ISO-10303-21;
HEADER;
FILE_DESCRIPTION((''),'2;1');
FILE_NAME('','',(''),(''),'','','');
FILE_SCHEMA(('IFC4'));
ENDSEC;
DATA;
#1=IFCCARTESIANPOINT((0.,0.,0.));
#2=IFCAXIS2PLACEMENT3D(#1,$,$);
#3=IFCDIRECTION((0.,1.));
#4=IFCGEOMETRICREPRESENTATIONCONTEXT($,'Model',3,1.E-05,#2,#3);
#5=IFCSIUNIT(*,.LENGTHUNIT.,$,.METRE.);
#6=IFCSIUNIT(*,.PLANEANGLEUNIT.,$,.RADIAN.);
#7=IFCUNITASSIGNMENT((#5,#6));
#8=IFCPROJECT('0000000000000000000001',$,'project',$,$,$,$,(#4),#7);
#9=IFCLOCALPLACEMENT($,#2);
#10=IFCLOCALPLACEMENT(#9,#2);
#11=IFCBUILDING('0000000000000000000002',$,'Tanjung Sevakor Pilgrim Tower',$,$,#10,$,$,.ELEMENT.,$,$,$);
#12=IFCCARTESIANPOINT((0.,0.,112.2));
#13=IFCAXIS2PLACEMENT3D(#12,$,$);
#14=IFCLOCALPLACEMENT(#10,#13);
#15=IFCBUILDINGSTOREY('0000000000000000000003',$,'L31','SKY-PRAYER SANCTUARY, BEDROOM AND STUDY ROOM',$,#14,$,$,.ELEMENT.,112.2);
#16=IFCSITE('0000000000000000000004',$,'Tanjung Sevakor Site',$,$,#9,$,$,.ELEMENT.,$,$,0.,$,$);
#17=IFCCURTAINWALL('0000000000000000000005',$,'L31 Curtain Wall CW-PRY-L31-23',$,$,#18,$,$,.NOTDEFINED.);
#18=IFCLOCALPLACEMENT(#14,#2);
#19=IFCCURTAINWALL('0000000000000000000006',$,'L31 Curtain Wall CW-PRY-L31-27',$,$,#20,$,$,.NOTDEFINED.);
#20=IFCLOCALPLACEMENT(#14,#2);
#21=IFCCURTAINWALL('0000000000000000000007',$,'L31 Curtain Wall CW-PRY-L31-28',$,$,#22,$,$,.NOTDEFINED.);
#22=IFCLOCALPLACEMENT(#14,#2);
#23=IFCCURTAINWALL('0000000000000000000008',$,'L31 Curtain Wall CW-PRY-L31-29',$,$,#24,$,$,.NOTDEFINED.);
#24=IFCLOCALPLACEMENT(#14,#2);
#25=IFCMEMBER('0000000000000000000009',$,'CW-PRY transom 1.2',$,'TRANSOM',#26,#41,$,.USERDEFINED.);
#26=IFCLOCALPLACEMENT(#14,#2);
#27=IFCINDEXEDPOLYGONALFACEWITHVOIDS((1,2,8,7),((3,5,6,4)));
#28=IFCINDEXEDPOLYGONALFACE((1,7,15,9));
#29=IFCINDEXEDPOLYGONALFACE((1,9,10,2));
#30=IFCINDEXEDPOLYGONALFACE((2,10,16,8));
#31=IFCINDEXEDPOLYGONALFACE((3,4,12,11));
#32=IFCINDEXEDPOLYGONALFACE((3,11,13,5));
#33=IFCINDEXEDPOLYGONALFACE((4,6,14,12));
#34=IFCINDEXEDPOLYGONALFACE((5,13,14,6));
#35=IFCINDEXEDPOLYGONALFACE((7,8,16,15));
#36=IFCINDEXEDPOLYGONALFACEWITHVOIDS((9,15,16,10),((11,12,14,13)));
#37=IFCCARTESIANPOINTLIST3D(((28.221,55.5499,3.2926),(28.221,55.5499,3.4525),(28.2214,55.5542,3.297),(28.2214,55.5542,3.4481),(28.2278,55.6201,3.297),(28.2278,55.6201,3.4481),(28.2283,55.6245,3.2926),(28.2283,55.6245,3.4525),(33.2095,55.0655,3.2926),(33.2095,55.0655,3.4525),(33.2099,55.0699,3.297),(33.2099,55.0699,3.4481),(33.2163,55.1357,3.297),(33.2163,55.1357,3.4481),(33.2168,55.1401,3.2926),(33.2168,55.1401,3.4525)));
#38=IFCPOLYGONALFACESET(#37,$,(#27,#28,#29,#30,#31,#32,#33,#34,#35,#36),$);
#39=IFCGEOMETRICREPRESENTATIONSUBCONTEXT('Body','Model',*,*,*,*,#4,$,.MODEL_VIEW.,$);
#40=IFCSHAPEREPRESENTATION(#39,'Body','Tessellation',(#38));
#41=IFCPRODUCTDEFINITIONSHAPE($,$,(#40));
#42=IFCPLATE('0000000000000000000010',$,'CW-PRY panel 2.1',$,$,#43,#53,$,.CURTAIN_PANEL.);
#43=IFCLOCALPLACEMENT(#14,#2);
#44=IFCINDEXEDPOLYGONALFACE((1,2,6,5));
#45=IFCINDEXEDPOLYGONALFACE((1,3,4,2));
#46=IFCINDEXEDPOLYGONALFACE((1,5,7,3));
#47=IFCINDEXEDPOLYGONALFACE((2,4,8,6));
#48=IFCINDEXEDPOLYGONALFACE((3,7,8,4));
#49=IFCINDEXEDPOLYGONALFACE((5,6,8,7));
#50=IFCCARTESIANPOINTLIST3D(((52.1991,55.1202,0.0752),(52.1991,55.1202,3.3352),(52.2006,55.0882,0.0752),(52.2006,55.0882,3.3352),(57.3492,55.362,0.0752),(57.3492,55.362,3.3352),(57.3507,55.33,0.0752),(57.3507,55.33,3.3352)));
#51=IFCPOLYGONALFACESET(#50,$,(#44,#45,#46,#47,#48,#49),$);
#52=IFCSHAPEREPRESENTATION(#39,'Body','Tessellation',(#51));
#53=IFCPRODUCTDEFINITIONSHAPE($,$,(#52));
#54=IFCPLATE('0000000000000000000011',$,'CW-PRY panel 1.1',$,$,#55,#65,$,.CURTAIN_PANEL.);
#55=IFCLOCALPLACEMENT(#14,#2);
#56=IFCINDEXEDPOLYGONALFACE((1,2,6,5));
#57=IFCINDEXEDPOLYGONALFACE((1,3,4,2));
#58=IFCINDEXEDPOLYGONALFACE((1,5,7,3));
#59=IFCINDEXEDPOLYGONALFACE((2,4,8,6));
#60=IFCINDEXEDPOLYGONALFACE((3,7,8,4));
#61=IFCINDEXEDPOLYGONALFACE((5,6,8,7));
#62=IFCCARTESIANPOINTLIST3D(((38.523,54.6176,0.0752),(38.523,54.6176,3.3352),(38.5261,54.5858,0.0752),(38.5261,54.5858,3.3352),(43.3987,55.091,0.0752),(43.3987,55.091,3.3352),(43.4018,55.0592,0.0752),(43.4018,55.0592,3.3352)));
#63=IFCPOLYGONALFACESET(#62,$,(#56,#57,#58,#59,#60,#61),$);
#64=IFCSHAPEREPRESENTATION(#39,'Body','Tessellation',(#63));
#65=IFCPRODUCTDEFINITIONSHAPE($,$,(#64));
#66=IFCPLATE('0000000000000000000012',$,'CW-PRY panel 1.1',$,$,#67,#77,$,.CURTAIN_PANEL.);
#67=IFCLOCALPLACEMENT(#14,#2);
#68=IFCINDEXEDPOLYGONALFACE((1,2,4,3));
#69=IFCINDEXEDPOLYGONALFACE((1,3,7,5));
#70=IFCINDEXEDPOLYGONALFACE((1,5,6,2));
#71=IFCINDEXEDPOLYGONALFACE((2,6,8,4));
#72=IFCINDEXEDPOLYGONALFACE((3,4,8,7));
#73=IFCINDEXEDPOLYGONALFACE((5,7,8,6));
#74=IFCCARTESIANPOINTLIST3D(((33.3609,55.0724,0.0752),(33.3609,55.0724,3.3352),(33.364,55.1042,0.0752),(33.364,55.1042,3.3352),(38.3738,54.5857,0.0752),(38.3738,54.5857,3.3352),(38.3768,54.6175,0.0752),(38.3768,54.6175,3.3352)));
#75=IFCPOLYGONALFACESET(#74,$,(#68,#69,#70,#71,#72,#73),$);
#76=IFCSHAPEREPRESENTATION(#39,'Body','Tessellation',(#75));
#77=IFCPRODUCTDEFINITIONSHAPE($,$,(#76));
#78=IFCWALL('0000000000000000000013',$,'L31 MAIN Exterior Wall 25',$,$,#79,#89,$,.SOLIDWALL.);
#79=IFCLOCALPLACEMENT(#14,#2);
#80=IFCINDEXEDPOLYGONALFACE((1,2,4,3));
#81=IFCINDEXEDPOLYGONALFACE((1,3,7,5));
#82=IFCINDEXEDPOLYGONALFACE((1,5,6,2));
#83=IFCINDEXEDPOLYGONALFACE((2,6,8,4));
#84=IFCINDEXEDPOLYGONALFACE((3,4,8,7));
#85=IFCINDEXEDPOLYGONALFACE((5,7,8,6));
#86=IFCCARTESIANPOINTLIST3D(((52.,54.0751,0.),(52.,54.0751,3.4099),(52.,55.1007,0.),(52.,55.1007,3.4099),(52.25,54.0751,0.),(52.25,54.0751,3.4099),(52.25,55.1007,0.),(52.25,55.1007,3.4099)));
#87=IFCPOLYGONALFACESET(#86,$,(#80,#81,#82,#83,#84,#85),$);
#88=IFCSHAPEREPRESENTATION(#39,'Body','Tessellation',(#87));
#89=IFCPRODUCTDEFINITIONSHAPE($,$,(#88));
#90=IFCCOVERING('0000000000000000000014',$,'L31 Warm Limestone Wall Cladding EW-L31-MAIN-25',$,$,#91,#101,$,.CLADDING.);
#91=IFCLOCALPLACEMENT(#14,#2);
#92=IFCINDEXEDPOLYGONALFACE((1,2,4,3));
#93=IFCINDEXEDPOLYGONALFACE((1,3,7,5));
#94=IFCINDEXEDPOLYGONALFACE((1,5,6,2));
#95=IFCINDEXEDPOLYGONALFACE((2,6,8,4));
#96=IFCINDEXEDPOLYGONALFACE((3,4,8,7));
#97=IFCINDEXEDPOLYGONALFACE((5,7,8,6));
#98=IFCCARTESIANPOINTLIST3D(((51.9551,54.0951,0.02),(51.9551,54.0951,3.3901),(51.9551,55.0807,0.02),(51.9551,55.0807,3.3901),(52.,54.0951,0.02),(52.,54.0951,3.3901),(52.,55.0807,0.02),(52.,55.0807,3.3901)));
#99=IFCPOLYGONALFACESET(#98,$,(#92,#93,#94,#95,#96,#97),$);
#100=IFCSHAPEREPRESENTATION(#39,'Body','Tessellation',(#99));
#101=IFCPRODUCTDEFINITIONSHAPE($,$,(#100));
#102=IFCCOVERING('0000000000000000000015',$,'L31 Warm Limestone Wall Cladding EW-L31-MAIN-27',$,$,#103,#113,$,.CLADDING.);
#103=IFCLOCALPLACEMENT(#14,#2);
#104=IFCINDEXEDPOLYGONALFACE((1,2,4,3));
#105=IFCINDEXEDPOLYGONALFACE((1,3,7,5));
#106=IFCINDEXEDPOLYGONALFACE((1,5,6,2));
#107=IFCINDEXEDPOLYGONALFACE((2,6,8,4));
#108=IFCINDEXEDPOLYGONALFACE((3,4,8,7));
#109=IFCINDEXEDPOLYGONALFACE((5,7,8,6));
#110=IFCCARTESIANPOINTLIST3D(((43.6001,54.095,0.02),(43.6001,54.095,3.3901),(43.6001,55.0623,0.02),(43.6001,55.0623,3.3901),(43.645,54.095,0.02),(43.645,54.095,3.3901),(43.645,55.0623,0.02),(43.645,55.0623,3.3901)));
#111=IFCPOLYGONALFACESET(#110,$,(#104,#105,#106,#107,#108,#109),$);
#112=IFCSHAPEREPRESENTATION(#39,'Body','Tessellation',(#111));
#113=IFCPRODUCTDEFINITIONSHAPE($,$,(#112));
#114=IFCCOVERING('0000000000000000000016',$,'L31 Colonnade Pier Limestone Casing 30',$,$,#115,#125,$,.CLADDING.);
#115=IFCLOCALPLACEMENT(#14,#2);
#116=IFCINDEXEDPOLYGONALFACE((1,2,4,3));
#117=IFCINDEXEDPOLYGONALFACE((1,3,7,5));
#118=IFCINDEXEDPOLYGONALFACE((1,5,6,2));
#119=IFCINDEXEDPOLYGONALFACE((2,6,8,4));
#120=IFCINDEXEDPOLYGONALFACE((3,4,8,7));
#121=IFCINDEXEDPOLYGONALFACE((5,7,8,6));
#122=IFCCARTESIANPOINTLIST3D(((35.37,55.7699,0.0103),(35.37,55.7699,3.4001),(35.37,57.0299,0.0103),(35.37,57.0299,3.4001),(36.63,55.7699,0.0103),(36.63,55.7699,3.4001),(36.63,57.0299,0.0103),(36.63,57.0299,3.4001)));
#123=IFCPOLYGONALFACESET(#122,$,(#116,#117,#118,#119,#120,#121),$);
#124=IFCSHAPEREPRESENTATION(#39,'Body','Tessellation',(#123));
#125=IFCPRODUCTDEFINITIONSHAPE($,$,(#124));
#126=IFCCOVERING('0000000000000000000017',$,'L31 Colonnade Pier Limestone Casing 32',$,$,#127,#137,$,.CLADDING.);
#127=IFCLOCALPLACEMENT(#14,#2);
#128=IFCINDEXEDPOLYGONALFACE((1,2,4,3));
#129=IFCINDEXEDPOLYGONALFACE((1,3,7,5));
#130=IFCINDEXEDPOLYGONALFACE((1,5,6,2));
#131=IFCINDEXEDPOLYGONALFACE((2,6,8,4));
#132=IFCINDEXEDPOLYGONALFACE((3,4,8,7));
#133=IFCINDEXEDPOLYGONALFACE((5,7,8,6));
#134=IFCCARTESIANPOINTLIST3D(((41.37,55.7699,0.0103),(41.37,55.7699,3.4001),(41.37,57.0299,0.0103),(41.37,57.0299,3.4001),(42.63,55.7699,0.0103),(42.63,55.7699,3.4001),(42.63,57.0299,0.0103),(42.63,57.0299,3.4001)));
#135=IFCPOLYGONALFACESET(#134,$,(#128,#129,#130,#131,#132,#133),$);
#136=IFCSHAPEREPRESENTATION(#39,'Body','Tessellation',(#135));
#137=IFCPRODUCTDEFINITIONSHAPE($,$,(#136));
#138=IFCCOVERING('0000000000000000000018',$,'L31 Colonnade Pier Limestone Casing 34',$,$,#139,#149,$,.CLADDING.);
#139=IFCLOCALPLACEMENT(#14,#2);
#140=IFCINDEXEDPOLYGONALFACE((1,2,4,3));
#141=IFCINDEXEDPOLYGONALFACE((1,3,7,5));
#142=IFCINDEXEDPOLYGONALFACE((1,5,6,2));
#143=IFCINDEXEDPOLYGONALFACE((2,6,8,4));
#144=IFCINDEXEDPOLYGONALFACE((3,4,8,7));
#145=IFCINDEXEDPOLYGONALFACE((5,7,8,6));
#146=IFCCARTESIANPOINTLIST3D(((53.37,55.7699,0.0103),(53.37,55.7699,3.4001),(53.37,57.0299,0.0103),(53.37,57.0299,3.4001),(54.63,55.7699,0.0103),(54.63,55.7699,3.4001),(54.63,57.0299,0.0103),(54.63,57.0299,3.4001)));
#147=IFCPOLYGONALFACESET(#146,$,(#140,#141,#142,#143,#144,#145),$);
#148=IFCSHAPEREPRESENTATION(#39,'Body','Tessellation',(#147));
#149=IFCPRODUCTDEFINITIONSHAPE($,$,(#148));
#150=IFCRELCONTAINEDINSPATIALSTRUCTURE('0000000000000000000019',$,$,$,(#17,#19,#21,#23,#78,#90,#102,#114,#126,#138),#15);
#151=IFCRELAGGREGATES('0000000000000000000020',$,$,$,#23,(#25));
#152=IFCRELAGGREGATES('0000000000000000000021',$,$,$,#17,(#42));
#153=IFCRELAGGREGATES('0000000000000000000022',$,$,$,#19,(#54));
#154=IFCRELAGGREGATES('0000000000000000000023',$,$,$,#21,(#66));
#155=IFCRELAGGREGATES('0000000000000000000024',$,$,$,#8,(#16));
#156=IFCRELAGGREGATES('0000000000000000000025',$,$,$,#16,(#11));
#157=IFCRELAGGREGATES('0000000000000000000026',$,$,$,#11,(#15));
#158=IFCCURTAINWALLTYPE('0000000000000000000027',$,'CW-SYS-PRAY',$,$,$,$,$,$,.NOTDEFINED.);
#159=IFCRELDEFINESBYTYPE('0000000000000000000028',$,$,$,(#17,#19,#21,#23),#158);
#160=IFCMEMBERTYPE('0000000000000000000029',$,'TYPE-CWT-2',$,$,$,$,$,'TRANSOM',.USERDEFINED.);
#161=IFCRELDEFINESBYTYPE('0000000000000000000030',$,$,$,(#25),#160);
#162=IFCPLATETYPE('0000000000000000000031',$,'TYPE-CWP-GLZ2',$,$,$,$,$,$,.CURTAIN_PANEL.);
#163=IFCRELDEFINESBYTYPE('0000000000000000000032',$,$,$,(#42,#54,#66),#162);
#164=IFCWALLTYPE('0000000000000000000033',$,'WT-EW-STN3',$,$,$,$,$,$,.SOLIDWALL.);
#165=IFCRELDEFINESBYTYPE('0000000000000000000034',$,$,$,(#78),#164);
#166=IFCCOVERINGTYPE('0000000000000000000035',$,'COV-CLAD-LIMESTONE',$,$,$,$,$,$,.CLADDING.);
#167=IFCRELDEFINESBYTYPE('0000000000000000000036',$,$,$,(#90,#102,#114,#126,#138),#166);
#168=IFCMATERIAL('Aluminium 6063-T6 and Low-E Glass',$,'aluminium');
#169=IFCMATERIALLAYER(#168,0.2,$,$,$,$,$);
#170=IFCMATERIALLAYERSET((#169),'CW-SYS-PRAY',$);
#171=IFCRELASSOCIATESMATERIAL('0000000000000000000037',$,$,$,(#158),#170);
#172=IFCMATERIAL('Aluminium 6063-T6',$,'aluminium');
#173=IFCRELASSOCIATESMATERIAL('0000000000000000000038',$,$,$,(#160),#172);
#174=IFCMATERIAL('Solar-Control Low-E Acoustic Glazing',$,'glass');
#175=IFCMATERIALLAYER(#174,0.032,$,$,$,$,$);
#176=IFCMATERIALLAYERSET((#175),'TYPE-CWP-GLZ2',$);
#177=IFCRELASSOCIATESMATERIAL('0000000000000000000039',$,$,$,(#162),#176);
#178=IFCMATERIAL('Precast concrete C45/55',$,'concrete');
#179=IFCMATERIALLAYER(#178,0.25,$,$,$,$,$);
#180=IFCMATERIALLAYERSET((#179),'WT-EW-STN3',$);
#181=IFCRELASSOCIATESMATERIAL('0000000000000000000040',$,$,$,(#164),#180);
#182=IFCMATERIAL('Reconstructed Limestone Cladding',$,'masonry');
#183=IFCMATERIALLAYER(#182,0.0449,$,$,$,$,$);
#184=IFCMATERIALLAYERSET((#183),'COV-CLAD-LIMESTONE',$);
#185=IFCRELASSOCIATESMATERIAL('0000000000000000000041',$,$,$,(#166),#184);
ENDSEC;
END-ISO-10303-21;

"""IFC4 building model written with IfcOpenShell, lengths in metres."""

from ifc_helpers import new_model, si_unit, direction, frame, frame_2d, origin, origin_2d, place, context, subcontext, project, spatial, rectangle, hollow_rectangle, extrude, material, layer, layer_set, material_profile, profile_set, type_object, element, aggregate, save


model = new_model("IFC4")

# Units and contexts
model_context = context("Model", 3, precision=1e-05, world=origin(), true_north=direction((0.0, 1.0)))
body_context = subcontext(model_context, "Body", "Model", "MODEL_VIEW")
ifc_project = project(units=[si_unit("LENGTHUNIT", "METRE"), si_unit("PLANEANGLEUNIT", "RADIAN")], contexts=[model_context])

# Site, building, storey
site_placement = place(None, origin())
site = spatial("IfcSite", under=ifc_project, at=site_placement, Name="Tanjung Sevakor Site", CompositionType="ELEMENT", RefElevation=0.0)
building_placement = place(site_placement, origin())
building = spatial("IfcBuilding", under=site, at=building_placement, Name="Tanjung Sevakor Pilgrim Tower", CompositionType="ELEMENT")
storey_placement = place(building_placement, frame((0.0, 0.0, 112.2)))
storey = spatial("IfcBuildingStorey", under=building, at=storey_placement, Name="L31", Description="SKY-PRAYER SANCTUARY, BEDROOM AND STUDY ROOM", CompositionType="ELEMENT", Elevation=112.2)

# Curtain wall
ifc_material_1 = material(Name="Aluminium 6063-T6 and Low-E Glass", Category="aluminium")
ifc_layer_1 = layer(ifc_material_1, 0.2)
ifc_layer_set_1 = layer_set([ifc_layer_1], Name="CW-SYS-PRAY")
curtain_wall_type_1 = type_object("IfcCurtainWallType", Name="CW-SYS-PRAY", PredefinedType="NOTDEFINED", material=ifc_layer_set_1)
curtain_wall_1_placement = place(storey_placement, origin())
curtain_wall_1 = element("IfcCurtainWall", 1, at=curtain_wall_1_placement, inside=storey, type_object=curtain_wall_type_1, Name="L31 Curtain Wall CW-PRY-L31-23", PredefinedType="NOTDEFINED")

# Curtain walls
curtain_wall_2_placement = place(storey_placement, origin())
curtain_wall_2 = element("IfcCurtainWall", 2, at=curtain_wall_2_placement, inside=storey, type_object=curtain_wall_type_1, Name="L31 Curtain Wall CW-PRY-L31-27", PredefinedType="NOTDEFINED")
curtain_wall_3_placement = place(storey_placement, origin())
curtain_wall_3 = element("IfcCurtainWall", 3, at=curtain_wall_3_placement, inside=storey, type_object=curtain_wall_type_1, Name="L31 Curtain Wall CW-PRY-L31-28", PredefinedType="NOTDEFINED")

# Curtain wall
curtain_wall_4_placement = place(storey_placement, origin())
curtain_wall_4 = element("IfcCurtainWall", 4, at=curtain_wall_4_placement, inside=storey, type_object=curtain_wall_type_1, Name="L31 Curtain Wall CW-PRY-L31-29", PredefinedType="NOTDEFINED")

# Member
ifc_material_2 = material(Name="Aluminium 6063-T6", Category="aluminium")
ifc_material_profile_1 = material_profile(ifc_material_2, hollow_rectangle(XDim=0.075, YDim=0.1599, WallThickness=0.0044, at=origin_2d()))
ifc_profile_set_1 = profile_set([ifc_material_profile_1], Name="Aluminium 6063-T6")
member_type_1 = type_object("IfcMemberType", Name="TYPE-CWT-2", ElementType="TRANSOM", PredefinedType="USERDEFINED", material=ifc_profile_set_1)
member_1_placement = place(storey_placement, frame((33.2131, 55.1028, 3.3726), z_axis=(-0.995319, 0.096643, 0.0), x_axis=(-0.096643, -0.995319, 0.0)))
member_1 = element("IfcMember", 5, at=member_1_placement, type_object=member_type_1, Name="CW-PRY transom 1.2", ObjectType="TRANSOM", PredefinedType="USERDEFINED", context=body_context, shape_type="SweptSolid", body=[
    extrude(hollow_rectangle(XDim=0.075, YDim=0.1599, WallThickness=0.0044, at=origin_2d()), origin(), (0.0, 0.0, 1.0), 5.012),
])
aggregate(curtain_wall_4, [member_1])

# Plates
ifc_material_3 = material(Name="Solar-Control Low-E Acoustic Glazing", Category="glass")
ifc_layer_2 = layer(ifc_material_3, 0.032)
ifc_layer_set_2 = layer_set([ifc_layer_2], Name="TYPE-CWP-GLZ2")
plate_type = type_object("IfcPlateType", Name="TYPE-CWP-GLZ2", PredefinedType="CURTAIN_PANEL", material=ifc_layer_set_2)
plate_1_placement = place(storey_placement, frame((54.7749, 55.2251, 0.0752), z_axis=(0.0, 0.0, 1.0), x_axis=(-0.998899, -0.046903, 0.0)))
plate_1 = element("IfcPlate", 6, at=plate_1_placement, type_object=plate_type, Name="CW-PRY panel 2.1", PredefinedType="CURTAIN_PANEL", context=body_context, shape_type="SweptSolid", body=[
    extrude(rectangle(XDim=5.1558, YDim=0.032, at=origin_2d()), origin(), (0.0, 0.0, 1.0), 3.26),
])
aggregate(curtain_wall_1, [plate_1])
plate_2_placement = place(storey_placement, frame((40.9624, 54.8384, 0.0752), z_axis=(0.0, 0.0, 1.0), x_axis=(-0.995319, -0.09664, 0.0)))
plate_2 = element("IfcPlate", 7, at=plate_2_placement, type_object=plate_type, Name="CW-PRY panel 1.1", PredefinedType="CURTAIN_PANEL", context=body_context, shape_type="SweptSolid", body=[
    extrude(rectangle(XDim=4.8987, YDim=0.032, at=origin_2d()), origin(), (0.0, 0.0, 1.0), 3.26),
])
aggregate(curtain_wall_2, [plate_2])
plate_3_placement = place(storey_placement, frame((35.8689, 54.845, 0.0752), z_axis=(0.0, 0.0, 1.0), x_axis=(-0.99532, 0.096638, 0.0)))
plate_3 = element("IfcPlate", 8, at=plate_3_placement, type_object=plate_type, Name="CW-PRY panel 1.1", PredefinedType="CURTAIN_PANEL", context=body_context, shape_type="SweptSolid", body=[
    extrude(rectangle(XDim=5.0364, YDim=0.032, at=origin_2d()), origin(), (0.0, 0.0, 1.0), 3.26),
])
aggregate(curtain_wall_3, [plate_3])

# Wall
ifc_material_4 = material(Name="Precast concrete C45/55", Category="concrete")
ifc_layer_3 = layer(ifc_material_4, 0.25)
ifc_layer_set_3 = layer_set([ifc_layer_3], Name="WT-EW-STN3")
wall_type = type_object("IfcWallType", Name="WT-EW-STN3", PredefinedType="SOLIDWALL", material=ifc_layer_set_3)
wall_placement = place(storey_placement, frame((52.125, 55.1006, 0.0), z_axis=(0.0, 0.0, 1.0), x_axis=(0.0, -1.0, 0.0)))
element("IfcWall", 9, at=wall_placement, inside=storey, type_object=wall_type, Name="L31 MAIN Exterior Wall 25", PredefinedType="SOLIDWALL", context=body_context, shape_type="SweptSolid", body=[
    extrude(rectangle(XDim=1.0256, YDim=0.25, at=frame_2d((0.5127, 0.0))), origin(), (0.0, 0.0, 1.0), 3.4099),
])

# Coverings
ifc_material_5 = material(Name="Reconstructed Limestone Cladding", Category="masonry")
ifc_layer_4 = layer(ifc_material_5, 0.0449)
ifc_layer_set_4 = layer_set([ifc_layer_4], Name="COV-CLAD-LIMESTONE")
covering_type = type_object("IfcCoveringType", Name="COV-CLAD-LIMESTONE", PredefinedType="CLADDING", material=ifc_layer_set_4)
covering_1_placement = place(storey_placement, frame((51.9775, 54.5879, 0.02), z_axis=(0.0, 0.0, 1.0), x_axis=(0.0, -1.0, 0.0)))
element("IfcCovering", 10, at=covering_1_placement, inside=storey, type_object=covering_type, Name="L31 Warm Limestone Wall Cladding EW-L31-MAIN-25", PredefinedType="CLADDING", context=body_context, shape_type="SweptSolid", body=[
    extrude(rectangle(XDim=0.9856, YDim=0.0449, at=origin_2d()), origin(), (0.0, 0.0, 1.0), 3.3701),
])
covering_2_placement = place(storey_placement, frame((43.6226, 54.5786, 0.02), z_axis=(0.0, 0.0, 1.0), x_axis=(0.0, 1.0, 0.0)))
element("IfcCovering", 11, at=covering_2_placement, inside=storey, type_object=covering_type, Name="L31 Warm Limestone Wall Cladding EW-L31-MAIN-27", PredefinedType="CLADDING", context=body_context, shape_type="SweptSolid", body=[
    extrude(rectangle(XDim=0.9673, YDim=0.0449, at=origin_2d()), origin(), (0.0, 0.0, 1.0), 3.3701),
])
for number, where, z_axis, x_axis, name in (
    (12, (36.0, 56.3999, 0.0103), (0.0, 0.0, 1.0), (1.0, 0.0, 0.0), "L31 Colonnade Pier Limestone Casing 30"),
    (13, (42.0, 56.3999, 0.0103), (0.0, 0.0, 1.0), (1.0, 0.0, 0.0), "L31 Colonnade Pier Limestone Casing 32"),
    (14, (54.0, 56.3999, 0.0103), (0.0, 0.0, 1.0), (1.0, 0.0, 0.0), "L31 Colonnade Pier Limestone Casing 34"),
):
    element("IfcCovering", number, at=place(storey_placement, frame(where, z_axis=z_axis, x_axis=x_axis)), inside=storey, type_object=covering_type, Name=name, PredefinedType="CLADDING", context=body_context, shape_type="SweptSolid", body=[
        extrude(rectangle(XDim=1.26, YDim=1.26, at=origin_2d()), origin(), (0.0, 0.0, 1.0), 3.3899),
    ])

save(model, "model.ifc")
